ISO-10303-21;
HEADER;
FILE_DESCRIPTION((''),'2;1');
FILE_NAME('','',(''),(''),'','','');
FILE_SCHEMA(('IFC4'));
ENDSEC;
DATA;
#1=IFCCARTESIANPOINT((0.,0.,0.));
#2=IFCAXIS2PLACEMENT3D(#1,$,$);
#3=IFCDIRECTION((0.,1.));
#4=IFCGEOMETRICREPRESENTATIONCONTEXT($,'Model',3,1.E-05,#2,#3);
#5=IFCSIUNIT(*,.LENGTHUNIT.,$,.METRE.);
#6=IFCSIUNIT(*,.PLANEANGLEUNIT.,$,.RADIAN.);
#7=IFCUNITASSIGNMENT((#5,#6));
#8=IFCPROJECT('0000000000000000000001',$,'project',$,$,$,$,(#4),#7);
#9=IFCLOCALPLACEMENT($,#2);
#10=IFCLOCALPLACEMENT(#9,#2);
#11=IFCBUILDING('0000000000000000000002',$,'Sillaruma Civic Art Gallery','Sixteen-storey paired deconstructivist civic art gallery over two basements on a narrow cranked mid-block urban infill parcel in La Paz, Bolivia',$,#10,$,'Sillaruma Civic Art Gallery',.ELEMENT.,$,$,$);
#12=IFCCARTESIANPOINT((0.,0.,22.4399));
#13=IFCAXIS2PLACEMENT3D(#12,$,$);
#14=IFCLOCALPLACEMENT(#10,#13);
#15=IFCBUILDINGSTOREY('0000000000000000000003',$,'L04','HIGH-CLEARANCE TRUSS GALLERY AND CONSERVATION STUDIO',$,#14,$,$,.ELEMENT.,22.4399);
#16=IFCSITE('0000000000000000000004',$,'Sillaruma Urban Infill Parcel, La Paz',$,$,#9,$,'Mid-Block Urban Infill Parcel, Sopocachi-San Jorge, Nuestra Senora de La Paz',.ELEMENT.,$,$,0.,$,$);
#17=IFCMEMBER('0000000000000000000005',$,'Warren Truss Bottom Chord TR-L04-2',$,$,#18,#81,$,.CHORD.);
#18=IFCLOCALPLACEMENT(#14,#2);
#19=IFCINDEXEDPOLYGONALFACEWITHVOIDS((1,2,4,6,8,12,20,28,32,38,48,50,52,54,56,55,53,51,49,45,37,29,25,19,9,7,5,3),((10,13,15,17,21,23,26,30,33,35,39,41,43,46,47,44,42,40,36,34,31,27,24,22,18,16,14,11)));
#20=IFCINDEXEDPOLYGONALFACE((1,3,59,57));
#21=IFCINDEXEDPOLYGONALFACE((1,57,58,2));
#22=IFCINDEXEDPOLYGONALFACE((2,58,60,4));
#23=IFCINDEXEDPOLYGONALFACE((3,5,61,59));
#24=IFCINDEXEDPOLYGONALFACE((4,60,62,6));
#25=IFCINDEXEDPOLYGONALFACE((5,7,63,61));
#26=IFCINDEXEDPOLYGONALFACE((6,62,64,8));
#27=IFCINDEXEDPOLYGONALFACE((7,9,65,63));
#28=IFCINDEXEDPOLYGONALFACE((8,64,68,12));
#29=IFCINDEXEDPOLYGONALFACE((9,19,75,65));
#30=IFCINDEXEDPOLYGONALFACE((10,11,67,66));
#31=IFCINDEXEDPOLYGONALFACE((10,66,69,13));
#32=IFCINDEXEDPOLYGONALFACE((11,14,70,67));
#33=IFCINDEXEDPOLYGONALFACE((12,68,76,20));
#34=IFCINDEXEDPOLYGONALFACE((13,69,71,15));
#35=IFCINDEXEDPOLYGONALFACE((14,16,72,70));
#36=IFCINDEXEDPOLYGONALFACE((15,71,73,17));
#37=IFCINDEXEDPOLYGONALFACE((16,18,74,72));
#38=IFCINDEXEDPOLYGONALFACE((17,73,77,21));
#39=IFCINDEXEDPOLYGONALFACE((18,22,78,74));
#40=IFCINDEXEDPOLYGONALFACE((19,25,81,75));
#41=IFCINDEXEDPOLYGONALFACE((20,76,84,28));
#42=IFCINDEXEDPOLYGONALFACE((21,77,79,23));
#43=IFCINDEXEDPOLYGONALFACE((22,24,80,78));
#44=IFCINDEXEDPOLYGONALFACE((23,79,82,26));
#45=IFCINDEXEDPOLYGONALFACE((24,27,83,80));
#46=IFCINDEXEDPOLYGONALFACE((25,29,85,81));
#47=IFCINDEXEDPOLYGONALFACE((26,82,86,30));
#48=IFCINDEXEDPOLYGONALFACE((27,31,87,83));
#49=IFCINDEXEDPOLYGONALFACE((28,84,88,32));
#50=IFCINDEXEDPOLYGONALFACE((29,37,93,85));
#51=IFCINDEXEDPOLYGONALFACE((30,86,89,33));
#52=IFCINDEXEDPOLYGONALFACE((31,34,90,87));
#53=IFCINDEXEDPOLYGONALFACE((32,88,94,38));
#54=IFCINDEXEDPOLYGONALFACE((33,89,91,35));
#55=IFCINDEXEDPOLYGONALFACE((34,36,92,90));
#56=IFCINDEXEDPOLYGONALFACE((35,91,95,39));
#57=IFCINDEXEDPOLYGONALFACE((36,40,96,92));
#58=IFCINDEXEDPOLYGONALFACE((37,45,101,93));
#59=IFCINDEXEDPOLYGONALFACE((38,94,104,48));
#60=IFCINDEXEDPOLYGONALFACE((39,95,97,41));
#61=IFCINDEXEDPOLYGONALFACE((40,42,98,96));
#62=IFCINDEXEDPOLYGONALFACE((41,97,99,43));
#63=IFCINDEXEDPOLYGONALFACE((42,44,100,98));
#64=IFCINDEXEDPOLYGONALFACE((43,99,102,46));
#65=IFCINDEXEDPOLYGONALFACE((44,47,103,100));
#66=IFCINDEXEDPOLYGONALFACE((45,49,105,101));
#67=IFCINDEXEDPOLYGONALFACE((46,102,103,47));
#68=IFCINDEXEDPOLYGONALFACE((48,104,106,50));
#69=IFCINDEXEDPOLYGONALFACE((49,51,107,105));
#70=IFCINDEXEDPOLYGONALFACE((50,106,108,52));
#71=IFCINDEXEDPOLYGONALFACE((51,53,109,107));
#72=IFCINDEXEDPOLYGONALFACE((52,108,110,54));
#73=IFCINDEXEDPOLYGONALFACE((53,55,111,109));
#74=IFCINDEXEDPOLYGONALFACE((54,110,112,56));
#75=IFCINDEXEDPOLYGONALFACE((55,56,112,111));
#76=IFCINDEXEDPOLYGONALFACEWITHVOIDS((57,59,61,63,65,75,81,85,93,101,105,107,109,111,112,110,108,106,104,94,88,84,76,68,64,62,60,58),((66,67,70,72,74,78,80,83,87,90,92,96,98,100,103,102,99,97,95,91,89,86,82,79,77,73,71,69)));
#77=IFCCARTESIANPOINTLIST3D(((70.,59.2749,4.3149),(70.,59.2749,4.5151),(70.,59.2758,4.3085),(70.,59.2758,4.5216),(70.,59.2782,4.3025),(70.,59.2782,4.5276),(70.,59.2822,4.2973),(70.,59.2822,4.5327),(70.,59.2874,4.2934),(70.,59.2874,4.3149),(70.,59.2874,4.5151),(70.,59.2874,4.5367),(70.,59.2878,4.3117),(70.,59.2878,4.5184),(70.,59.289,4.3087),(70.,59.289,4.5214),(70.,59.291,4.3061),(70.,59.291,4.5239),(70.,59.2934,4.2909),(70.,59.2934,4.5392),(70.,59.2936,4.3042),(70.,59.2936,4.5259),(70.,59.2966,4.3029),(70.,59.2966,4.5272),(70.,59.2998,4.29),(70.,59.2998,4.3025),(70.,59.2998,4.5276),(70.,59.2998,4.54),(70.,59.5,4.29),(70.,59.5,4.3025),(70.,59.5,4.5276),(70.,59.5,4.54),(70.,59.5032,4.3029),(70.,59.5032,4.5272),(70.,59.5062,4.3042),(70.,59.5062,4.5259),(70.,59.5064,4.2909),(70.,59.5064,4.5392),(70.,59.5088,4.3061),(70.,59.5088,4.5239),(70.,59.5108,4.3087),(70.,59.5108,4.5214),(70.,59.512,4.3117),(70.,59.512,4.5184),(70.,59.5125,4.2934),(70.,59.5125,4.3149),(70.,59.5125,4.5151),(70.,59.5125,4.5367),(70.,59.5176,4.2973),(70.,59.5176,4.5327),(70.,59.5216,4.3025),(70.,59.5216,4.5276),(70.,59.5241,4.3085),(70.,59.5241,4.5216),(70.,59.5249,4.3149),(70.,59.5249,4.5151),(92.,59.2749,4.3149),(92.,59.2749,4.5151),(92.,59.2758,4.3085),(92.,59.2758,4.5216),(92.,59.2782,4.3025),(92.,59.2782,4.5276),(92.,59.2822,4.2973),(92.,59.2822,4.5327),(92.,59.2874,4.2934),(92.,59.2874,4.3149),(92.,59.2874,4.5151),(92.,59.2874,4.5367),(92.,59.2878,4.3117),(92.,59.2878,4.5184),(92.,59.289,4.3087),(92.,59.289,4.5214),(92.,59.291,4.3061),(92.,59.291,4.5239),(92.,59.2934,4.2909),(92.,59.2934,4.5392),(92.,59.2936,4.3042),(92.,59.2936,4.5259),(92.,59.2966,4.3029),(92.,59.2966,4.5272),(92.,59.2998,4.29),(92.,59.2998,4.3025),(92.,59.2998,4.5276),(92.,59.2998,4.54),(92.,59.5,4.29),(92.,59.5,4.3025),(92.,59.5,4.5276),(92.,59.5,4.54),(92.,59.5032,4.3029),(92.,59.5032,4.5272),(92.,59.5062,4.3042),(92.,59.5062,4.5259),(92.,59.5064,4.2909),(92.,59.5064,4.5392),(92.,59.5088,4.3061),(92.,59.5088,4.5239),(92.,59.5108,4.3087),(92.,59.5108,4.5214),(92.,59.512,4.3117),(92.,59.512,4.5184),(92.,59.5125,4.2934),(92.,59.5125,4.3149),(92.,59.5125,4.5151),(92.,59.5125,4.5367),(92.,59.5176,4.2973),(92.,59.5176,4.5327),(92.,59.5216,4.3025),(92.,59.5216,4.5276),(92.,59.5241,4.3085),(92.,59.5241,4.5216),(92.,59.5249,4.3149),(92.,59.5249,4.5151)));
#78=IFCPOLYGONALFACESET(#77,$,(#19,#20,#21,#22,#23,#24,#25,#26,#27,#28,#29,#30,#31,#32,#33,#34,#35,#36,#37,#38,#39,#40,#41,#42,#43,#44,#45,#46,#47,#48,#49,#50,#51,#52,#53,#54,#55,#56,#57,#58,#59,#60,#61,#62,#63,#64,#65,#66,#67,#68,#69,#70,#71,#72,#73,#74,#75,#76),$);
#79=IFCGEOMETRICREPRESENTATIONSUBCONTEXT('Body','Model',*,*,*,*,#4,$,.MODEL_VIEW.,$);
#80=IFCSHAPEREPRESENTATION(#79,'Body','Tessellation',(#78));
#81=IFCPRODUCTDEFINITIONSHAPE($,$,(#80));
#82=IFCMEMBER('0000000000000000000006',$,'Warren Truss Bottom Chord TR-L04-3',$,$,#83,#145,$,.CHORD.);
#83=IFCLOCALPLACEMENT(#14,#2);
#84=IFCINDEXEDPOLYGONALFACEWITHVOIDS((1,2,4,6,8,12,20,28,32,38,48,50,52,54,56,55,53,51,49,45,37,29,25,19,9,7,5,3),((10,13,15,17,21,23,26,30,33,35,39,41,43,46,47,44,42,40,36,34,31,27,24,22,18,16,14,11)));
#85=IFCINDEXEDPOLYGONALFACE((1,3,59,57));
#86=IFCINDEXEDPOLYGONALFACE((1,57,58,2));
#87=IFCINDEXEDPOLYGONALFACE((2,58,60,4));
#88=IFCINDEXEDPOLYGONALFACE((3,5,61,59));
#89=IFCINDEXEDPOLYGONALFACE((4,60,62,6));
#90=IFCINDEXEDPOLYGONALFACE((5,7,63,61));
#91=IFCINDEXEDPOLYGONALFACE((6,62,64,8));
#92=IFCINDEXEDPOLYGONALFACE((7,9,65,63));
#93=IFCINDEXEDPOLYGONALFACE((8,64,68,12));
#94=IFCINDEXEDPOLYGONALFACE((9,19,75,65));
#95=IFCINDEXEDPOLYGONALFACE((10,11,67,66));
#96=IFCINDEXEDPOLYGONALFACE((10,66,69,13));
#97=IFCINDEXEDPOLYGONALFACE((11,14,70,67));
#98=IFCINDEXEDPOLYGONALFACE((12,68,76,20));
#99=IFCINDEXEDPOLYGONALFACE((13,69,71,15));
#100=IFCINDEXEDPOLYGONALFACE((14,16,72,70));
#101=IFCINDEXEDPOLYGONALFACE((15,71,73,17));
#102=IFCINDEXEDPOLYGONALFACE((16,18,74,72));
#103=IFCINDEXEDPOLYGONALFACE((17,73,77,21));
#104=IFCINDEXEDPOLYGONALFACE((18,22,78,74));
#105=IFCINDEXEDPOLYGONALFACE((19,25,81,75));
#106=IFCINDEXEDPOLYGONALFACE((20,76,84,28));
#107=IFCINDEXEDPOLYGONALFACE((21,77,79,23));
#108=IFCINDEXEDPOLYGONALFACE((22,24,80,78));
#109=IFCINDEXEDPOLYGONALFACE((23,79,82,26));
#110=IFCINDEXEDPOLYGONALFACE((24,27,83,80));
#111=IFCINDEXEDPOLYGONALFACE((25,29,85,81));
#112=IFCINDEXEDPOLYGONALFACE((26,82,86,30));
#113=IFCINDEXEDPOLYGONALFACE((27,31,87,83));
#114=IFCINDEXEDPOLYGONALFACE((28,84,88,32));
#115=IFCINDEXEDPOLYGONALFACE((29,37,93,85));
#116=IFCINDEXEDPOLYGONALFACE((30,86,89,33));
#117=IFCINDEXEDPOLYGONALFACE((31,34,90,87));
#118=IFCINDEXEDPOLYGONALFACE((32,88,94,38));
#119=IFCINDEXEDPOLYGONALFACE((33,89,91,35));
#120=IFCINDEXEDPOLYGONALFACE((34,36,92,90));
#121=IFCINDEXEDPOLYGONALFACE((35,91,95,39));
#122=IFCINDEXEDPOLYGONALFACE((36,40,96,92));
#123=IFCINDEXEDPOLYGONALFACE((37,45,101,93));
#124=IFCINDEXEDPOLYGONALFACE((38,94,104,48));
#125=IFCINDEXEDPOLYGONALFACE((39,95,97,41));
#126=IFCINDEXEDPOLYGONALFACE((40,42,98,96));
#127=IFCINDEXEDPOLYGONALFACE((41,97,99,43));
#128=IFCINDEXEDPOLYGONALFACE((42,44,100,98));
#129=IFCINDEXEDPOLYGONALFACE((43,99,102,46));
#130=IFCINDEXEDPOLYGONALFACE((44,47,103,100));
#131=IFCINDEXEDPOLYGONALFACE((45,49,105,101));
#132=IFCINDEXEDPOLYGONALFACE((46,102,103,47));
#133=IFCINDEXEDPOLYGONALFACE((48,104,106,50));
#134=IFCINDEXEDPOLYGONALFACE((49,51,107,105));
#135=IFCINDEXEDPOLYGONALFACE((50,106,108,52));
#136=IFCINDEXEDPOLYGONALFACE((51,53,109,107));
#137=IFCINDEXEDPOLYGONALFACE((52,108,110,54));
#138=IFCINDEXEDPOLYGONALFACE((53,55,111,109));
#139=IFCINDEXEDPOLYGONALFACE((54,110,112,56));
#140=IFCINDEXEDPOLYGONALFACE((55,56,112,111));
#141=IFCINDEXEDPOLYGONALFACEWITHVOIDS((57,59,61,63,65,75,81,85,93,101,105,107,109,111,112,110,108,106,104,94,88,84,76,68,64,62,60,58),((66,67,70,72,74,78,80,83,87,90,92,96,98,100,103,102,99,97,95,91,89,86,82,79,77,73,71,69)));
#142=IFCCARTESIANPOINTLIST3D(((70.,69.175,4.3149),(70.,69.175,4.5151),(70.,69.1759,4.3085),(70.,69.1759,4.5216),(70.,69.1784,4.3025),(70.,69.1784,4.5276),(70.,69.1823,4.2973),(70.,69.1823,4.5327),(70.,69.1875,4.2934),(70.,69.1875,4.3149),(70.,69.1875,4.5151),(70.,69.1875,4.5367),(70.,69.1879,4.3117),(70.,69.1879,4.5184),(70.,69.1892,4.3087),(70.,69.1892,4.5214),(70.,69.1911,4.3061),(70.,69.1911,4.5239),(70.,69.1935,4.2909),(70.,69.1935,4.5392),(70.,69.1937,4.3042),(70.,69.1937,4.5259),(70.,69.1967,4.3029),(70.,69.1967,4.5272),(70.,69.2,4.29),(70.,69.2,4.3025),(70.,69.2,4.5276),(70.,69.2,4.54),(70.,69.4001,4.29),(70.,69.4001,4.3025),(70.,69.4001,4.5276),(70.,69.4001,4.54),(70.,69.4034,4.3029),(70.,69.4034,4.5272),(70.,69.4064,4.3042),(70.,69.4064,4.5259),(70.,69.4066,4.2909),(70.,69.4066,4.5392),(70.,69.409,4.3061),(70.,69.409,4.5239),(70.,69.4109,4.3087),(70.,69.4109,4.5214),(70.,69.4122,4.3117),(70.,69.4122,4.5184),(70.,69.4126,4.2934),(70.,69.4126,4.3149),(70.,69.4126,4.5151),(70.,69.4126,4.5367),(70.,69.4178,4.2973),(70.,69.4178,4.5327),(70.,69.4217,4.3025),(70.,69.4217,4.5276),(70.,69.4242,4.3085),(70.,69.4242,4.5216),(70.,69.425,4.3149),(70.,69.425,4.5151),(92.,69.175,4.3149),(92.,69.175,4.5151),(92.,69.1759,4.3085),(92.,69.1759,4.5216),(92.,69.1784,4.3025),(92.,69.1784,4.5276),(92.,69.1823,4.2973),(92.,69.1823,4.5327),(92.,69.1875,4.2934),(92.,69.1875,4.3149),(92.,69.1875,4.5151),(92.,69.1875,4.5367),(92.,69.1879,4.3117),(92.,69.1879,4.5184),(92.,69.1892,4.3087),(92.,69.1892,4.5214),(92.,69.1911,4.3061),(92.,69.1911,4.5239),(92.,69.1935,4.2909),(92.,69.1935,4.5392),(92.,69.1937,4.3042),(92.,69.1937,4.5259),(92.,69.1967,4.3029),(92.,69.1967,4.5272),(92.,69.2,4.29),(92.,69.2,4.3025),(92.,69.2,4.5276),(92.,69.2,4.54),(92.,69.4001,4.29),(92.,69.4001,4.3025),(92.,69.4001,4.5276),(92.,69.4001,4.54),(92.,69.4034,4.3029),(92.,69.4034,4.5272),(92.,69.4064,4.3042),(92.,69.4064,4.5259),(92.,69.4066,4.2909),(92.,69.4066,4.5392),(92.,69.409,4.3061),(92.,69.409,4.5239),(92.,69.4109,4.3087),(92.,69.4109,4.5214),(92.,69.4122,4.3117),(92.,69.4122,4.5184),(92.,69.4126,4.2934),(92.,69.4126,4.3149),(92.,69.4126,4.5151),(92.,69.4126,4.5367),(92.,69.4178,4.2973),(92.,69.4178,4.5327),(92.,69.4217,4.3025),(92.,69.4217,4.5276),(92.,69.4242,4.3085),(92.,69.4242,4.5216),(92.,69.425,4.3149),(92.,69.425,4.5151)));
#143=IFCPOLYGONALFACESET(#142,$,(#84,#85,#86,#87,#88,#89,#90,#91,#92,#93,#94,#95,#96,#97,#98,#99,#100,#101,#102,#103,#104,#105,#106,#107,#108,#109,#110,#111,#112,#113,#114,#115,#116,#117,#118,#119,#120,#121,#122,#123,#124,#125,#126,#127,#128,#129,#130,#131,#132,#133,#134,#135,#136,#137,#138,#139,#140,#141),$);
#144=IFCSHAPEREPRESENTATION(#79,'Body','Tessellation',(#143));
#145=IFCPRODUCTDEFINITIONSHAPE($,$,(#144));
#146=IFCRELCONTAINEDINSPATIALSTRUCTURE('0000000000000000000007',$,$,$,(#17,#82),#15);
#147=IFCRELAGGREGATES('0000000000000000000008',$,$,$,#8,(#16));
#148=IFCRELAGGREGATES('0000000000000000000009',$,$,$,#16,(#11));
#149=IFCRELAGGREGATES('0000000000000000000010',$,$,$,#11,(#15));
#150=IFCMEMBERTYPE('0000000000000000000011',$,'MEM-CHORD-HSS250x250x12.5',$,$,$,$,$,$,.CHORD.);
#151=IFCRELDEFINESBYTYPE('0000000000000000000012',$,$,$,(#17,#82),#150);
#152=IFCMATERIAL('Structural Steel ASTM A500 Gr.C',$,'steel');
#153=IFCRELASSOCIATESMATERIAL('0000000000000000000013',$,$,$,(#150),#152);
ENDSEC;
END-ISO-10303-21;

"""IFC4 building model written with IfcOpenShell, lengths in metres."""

from ifc_helpers import new_model, si_unit, direction, frame, origin, origin_2d, place, context, subcontext, project, spatial, hollow_rectangle, extrude, material, material_profile, profile_set, type_object, element, save


model = new_model("IFC4")

# Units and contexts
model_context = context("Model", 3, precision=1e-05, world=origin(), true_north=direction((0.0, 1.0)))
body_context = subcontext(model_context, "Body", "Model", "MODEL_VIEW")
ifc_project = project(units=[si_unit("LENGTHUNIT", "METRE"), si_unit("PLANEANGLEUNIT", "RADIAN")], contexts=[model_context])

# Site, building, storey
site_placement = place(None, origin())
site = spatial("IfcSite", under=ifc_project, at=site_placement, Name="Sillaruma Urban Infill Parcel, La Paz", LongName="Mid-Block Urban Infill Parcel, Sopocachi-San Jorge, Nuestra Senora de La Paz", CompositionType="ELEMENT", RefElevation=0.0)
building_placement = place(site_placement, origin())
building = spatial("IfcBuilding", under=site, at=building_placement, Name="Sillaruma Civic Art Gallery", Description="Sixteen-storey paired deconstructivist civic art gallery over two basements on a narrow cranked mid-block urban infill parcel in La Paz, Bolivia", LongName="Sillaruma Civic Art Gallery", CompositionType="ELEMENT")
storey_placement = place(building_placement, frame((0.0, 0.0, 22.4399)))
storey = spatial("IfcBuildingStorey", under=building, at=storey_placement, Name="L04", Description="HIGH-CLEARANCE TRUSS GALLERY AND CONSERVATION STUDIO", CompositionType="ELEMENT", Elevation=22.4399)

# Members
ifc_material_1 = material(Name="Structural Steel ASTM A500 Gr.C", Category="steel")
ifc_material_profile_1 = material_profile(ifc_material_1, hollow_rectangle(XDim=0.25, YDim=0.25, WallThickness=0.0125, InnerFilletRadius=0.0125, OuterFilletRadius=0.0249, at=origin_2d()), Name="HSS250x250x12.5")
ifc_profile_set_1 = profile_set([ifc_material_profile_1], Name="Structural Steel ASTM A500 Gr.C")
member_type_1 = type_object("IfcMemberType", Name="MEM-CHORD-HSS250x250x12.5", PredefinedType="CHORD", material=ifc_profile_set_1)
for number, where, z_axis, x_axis, name in (
    (1, (70.0, 59.3999, 4.415), (1.0, 0.0, 0.0), (0.0, 1.0, 0.0), "Warren Truss Bottom Chord TR-L04-2"),
    (2, (70.0, 69.3, 4.415), (1.0, 0.0, 0.0), (0.0, 1.0, 0.0), "Warren Truss Bottom Chord TR-L04-3"),
):
    element("IfcMember", number, at=place(storey_placement, frame(where, z_axis=z_axis, x_axis=x_axis)), inside=storey, type_object=member_type_1, Name=name, PredefinedType="CHORD", context=body_context, shape_type="SweptSolid", body=[
        extrude(hollow_rectangle(XDim=0.25, YDim=0.25, WallThickness=0.0125, InnerFilletRadius=0.0125, OuterFilletRadius=0.0249, at=origin_2d()), origin(), (0.0, 0.0, 1.0), 22.0),
    ])

save(model, "model.ifc")
